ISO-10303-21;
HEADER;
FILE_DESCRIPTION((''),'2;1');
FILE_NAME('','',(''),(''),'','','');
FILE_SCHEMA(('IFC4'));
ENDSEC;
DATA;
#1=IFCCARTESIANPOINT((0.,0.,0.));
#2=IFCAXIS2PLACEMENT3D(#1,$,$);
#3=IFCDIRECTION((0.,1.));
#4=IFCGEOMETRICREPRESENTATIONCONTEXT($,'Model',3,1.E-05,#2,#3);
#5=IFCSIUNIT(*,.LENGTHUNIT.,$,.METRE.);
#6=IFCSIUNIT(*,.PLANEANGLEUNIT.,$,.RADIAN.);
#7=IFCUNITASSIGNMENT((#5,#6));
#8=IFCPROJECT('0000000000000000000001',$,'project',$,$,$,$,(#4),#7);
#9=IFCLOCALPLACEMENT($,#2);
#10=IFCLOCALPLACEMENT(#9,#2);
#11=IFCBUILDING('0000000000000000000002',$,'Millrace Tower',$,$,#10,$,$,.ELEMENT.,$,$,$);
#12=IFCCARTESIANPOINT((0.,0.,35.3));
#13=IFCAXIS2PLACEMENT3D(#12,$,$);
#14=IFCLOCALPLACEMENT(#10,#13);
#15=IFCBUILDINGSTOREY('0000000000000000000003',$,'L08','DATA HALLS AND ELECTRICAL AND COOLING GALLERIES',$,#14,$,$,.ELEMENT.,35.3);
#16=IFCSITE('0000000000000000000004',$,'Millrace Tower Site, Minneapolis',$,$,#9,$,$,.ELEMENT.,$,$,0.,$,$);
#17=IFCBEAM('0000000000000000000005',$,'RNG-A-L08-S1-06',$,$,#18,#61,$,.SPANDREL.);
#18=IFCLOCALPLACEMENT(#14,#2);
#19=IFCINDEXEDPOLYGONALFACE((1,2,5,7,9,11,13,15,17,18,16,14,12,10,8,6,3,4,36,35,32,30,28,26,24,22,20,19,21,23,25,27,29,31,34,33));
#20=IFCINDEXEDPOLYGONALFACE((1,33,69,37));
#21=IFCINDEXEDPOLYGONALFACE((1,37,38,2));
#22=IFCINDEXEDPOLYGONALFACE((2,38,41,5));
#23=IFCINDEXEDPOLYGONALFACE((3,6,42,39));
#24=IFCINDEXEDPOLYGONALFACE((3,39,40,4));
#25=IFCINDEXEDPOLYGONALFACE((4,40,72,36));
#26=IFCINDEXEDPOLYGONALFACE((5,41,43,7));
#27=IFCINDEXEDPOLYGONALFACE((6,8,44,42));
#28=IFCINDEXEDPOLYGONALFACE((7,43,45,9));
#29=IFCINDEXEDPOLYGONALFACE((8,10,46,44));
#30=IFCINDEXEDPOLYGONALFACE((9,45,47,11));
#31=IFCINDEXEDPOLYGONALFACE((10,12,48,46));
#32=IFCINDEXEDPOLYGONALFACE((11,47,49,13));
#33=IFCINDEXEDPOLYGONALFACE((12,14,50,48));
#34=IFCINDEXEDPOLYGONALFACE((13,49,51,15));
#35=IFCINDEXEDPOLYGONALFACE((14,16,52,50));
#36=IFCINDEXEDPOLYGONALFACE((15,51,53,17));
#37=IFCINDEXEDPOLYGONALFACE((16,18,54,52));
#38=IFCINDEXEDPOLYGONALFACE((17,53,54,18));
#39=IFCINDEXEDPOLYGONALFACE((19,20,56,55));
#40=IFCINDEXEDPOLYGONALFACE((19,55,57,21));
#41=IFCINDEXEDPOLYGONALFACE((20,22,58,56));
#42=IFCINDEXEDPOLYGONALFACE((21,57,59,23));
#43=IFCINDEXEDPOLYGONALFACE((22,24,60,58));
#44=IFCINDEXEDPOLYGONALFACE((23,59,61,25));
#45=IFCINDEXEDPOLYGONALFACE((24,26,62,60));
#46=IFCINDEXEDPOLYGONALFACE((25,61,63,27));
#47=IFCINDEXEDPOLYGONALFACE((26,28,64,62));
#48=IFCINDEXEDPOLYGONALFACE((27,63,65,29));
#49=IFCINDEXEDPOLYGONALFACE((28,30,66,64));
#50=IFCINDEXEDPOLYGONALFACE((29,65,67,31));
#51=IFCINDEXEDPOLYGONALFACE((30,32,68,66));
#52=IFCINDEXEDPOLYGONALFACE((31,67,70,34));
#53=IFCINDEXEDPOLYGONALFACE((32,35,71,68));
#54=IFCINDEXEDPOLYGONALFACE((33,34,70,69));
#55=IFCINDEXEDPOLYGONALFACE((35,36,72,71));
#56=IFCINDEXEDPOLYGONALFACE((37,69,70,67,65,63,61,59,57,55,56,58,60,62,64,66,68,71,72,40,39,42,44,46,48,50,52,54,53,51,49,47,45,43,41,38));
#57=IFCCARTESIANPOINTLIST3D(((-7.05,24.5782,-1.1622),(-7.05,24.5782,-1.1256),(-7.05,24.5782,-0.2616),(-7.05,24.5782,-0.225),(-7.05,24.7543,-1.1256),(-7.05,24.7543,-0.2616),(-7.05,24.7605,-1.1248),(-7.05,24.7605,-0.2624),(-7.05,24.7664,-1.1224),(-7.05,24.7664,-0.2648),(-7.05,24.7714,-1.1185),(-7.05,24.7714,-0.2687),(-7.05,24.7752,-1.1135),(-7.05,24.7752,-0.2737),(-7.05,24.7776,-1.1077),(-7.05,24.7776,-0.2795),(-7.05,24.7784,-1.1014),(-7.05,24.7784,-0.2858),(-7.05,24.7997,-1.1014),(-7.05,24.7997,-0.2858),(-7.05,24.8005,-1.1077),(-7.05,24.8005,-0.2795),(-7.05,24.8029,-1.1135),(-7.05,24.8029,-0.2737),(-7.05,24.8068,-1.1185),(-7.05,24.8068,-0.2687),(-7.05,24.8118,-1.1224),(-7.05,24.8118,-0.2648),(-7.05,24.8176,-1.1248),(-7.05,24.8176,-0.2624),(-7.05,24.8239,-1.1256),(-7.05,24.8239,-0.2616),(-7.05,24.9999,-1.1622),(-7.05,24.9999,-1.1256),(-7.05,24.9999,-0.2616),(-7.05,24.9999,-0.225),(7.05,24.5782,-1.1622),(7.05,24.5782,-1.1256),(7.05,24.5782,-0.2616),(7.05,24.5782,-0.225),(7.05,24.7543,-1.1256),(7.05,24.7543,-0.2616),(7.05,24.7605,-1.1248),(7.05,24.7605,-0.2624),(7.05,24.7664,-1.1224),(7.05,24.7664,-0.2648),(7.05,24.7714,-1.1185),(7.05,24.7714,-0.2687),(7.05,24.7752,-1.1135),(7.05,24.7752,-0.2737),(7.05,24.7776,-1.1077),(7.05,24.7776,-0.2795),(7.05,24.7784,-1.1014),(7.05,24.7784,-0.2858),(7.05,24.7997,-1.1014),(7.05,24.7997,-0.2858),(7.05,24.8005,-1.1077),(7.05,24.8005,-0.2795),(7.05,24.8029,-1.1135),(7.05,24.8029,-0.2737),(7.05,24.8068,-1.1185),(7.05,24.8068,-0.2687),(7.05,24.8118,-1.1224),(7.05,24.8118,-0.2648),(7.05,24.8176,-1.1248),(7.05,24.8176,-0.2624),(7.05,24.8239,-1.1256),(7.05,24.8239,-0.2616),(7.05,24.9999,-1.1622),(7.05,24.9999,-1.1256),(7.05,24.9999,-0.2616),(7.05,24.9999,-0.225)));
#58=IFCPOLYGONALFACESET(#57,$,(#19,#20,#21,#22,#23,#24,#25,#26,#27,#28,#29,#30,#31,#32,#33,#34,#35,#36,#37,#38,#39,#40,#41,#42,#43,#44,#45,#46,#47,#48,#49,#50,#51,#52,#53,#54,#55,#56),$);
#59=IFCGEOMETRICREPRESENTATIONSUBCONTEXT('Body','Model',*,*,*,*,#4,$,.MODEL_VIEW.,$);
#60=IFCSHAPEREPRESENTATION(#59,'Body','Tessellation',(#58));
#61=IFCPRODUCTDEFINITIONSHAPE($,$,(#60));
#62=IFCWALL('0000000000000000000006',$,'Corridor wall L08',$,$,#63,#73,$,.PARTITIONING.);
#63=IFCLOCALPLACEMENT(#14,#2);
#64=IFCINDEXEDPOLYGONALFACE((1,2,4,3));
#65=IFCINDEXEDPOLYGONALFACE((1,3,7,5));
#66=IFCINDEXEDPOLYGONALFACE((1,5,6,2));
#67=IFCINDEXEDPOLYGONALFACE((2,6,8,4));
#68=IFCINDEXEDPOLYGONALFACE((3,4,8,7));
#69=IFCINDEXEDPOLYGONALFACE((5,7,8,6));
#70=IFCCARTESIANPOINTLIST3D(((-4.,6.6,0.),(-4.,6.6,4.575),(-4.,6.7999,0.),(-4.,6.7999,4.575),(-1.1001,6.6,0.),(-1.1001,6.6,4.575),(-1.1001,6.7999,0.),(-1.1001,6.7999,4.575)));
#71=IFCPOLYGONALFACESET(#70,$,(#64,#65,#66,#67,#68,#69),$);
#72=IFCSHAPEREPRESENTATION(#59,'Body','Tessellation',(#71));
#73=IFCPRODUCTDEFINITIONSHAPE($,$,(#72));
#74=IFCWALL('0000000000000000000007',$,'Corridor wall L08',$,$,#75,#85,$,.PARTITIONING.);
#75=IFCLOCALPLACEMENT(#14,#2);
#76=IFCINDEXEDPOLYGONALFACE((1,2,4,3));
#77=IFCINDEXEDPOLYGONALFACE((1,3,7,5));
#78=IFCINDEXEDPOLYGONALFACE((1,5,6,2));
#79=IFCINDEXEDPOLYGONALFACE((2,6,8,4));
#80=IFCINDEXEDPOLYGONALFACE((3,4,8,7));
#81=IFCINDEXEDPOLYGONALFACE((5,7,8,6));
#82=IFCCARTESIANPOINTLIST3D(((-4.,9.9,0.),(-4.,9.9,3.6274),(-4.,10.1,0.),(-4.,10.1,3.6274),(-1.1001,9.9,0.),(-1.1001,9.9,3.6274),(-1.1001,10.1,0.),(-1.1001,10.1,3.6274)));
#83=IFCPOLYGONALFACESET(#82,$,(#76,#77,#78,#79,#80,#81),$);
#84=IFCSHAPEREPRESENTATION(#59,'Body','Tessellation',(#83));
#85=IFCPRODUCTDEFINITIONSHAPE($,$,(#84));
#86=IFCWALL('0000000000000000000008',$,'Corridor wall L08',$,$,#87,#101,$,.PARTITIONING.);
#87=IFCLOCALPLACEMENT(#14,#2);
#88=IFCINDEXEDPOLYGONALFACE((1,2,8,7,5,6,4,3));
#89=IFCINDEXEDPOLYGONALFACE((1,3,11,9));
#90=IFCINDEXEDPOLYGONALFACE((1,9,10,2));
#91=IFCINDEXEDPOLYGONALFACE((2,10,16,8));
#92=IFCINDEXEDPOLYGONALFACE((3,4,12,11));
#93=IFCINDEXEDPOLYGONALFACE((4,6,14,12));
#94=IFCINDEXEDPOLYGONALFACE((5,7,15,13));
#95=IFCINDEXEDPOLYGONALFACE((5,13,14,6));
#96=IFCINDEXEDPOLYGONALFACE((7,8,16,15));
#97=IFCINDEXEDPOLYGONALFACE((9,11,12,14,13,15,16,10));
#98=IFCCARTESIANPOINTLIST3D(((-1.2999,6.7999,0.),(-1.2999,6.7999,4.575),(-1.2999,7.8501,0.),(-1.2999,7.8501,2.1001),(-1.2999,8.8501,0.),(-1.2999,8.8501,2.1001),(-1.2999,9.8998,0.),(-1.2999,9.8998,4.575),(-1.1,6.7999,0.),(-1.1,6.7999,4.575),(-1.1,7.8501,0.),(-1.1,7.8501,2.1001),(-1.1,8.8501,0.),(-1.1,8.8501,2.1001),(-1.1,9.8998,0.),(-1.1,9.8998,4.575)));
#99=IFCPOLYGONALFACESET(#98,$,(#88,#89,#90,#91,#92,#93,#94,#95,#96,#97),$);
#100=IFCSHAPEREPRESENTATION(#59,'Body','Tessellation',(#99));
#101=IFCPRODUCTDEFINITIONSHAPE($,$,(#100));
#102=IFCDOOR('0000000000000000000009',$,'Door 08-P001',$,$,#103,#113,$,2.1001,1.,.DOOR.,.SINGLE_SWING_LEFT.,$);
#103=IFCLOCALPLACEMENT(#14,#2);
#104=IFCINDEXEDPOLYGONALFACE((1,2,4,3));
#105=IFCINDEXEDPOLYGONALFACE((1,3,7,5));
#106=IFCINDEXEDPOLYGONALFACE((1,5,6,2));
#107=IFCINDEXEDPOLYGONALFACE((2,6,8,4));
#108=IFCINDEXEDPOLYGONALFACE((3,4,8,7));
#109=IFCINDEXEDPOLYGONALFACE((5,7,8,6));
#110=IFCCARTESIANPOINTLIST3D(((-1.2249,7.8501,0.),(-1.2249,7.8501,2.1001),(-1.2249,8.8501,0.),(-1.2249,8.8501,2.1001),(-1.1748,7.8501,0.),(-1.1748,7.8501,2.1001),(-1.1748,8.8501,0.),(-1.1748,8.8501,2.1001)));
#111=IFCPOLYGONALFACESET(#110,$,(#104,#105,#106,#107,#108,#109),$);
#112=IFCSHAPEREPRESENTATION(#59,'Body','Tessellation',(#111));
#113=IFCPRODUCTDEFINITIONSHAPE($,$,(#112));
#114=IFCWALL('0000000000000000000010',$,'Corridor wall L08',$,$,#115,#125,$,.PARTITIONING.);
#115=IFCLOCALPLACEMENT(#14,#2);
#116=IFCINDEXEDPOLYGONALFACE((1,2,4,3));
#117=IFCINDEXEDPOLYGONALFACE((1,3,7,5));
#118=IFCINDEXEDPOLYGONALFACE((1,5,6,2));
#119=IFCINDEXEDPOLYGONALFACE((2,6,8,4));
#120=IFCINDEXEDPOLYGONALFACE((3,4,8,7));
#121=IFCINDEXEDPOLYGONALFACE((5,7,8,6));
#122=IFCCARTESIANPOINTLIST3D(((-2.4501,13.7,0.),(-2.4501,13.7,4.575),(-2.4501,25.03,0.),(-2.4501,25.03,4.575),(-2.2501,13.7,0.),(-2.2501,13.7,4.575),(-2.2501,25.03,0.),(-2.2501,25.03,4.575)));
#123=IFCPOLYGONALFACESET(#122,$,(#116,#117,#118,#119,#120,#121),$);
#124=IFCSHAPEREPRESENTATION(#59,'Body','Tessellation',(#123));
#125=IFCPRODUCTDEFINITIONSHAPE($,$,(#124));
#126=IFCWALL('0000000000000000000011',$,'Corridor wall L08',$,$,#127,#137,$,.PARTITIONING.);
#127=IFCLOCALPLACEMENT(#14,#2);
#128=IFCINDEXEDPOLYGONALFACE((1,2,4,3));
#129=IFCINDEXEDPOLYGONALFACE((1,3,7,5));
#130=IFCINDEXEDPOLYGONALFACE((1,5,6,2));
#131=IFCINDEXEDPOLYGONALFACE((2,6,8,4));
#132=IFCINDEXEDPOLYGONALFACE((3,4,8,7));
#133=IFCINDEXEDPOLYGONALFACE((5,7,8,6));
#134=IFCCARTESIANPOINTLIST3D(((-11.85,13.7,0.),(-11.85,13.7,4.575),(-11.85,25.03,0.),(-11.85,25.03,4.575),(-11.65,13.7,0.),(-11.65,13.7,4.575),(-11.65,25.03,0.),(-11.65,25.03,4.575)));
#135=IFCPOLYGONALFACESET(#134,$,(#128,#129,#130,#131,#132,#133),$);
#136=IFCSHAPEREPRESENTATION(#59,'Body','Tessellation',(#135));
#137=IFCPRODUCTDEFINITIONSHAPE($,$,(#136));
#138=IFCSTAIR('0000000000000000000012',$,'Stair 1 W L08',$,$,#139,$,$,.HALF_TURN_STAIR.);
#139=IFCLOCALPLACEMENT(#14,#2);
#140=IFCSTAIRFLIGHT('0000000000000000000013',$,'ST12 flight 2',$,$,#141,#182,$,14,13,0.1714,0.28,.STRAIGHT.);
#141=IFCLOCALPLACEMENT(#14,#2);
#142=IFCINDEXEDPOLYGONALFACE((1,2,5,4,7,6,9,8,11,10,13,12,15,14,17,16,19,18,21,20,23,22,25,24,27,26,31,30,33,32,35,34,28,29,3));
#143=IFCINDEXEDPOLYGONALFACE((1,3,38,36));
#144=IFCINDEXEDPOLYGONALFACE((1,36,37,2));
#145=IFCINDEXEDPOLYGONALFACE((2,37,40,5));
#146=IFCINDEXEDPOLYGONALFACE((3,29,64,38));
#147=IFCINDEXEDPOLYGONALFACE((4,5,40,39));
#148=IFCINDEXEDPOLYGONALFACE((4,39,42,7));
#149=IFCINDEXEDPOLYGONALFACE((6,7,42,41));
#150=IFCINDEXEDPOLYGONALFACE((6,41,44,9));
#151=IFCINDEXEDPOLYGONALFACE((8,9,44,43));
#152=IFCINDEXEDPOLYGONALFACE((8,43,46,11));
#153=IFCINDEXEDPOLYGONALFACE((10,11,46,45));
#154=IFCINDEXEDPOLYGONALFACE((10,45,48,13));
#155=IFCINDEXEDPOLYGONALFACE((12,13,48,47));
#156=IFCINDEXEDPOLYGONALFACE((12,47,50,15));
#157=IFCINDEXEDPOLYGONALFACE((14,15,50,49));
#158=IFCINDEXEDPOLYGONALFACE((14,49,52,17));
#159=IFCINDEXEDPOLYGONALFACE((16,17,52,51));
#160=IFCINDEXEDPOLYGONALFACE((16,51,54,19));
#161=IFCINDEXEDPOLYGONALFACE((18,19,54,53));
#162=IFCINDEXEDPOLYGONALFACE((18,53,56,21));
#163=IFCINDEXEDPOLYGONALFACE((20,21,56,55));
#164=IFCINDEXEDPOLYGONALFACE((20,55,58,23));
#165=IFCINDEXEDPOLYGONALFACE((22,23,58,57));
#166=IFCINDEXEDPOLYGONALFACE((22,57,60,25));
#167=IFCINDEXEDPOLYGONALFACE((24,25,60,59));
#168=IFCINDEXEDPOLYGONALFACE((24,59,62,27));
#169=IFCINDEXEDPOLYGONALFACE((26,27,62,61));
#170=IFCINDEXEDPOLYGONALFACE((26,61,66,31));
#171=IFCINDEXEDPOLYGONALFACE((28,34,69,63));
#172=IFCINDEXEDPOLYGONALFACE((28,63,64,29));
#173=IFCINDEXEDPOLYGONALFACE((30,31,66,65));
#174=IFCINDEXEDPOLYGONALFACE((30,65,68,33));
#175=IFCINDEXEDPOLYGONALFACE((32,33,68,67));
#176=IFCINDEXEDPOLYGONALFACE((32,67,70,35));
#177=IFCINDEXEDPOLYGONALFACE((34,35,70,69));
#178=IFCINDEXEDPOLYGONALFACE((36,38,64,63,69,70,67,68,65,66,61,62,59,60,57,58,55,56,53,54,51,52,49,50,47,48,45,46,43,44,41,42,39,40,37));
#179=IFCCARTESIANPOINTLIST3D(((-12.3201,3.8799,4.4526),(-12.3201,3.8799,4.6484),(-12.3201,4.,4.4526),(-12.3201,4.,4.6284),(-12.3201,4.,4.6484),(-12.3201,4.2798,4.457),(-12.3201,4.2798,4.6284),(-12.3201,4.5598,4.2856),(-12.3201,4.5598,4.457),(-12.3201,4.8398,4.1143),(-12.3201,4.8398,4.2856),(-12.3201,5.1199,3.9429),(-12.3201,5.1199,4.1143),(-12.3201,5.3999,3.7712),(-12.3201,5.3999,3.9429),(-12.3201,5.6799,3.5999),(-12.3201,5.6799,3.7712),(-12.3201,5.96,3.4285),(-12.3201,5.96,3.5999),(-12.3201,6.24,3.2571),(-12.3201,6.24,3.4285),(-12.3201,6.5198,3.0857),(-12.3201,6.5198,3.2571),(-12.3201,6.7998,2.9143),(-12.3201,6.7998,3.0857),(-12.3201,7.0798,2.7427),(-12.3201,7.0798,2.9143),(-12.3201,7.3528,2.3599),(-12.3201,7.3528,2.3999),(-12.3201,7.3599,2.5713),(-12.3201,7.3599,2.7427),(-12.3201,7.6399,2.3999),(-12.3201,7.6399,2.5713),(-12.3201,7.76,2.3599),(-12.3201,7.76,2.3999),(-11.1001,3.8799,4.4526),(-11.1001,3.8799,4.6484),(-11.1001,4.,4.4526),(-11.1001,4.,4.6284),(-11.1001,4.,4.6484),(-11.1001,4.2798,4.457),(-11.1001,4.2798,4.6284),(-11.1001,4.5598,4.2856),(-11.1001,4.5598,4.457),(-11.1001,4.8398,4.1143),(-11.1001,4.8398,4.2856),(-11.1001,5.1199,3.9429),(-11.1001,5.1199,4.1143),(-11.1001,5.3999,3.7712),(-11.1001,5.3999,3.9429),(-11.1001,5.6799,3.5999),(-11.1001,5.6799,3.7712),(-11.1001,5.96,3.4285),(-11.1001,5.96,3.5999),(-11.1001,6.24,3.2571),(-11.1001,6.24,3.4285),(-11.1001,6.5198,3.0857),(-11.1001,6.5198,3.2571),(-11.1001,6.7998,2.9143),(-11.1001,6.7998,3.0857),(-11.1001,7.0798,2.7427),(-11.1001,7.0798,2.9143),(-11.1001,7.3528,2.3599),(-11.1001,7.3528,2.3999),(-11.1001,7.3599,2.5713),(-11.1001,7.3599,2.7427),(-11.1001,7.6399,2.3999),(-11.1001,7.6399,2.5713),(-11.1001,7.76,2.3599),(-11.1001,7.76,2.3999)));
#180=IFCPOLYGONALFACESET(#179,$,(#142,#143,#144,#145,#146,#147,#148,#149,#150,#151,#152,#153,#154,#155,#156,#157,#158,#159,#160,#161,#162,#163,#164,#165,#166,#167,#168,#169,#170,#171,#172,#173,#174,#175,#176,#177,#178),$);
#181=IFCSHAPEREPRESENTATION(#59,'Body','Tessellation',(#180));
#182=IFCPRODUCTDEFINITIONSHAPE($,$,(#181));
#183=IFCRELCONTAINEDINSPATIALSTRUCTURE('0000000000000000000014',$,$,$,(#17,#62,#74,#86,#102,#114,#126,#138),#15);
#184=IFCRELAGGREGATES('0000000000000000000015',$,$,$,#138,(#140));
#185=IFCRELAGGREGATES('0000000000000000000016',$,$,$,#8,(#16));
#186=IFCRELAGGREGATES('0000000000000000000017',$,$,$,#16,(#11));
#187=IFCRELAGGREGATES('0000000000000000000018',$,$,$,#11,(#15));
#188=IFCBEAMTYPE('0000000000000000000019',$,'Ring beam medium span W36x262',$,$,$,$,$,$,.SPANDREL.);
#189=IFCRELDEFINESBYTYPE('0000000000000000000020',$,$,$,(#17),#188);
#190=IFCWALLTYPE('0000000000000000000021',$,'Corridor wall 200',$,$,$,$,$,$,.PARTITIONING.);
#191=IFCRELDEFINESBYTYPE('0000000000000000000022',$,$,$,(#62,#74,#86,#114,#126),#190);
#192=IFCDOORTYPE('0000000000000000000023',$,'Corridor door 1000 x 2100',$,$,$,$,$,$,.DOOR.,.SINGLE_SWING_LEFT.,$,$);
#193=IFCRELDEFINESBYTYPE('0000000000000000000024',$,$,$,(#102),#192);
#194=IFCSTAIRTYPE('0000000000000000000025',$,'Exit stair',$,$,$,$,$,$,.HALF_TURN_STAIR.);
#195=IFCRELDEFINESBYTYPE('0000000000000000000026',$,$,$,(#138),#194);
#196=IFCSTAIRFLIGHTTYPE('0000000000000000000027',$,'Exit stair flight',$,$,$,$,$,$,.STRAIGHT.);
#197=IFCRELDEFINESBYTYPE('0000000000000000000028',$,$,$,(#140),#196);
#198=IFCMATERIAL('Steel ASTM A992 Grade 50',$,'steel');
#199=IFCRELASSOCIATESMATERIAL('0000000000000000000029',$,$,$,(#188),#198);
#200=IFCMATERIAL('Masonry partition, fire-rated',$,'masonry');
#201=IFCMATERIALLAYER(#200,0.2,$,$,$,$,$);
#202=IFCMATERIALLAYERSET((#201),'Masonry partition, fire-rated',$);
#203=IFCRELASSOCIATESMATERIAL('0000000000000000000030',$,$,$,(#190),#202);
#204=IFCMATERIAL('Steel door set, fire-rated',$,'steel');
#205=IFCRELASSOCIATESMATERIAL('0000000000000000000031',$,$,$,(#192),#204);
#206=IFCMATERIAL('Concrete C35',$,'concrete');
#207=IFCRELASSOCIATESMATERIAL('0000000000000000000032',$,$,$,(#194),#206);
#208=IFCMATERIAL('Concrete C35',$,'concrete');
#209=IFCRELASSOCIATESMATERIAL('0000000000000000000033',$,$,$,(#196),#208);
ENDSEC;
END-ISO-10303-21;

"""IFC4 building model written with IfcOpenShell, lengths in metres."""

from ifc_helpers import new_model, si_unit, direction, frame, frame_2d, origin, origin_2d, place, context, subcontext, project, spatial, polyline, rectangle, i_section, outline, extrude, material, layer, layer_set, material_profile, profile_set, type_object, element, fill, aggregate, save


model = new_model("IFC4")

# Units and contexts
model_context = context("Model", 3, precision=1e-05, world=origin(), true_north=direction((0.0, 1.0)))
body_context = subcontext(model_context, "Body", "Model", "MODEL_VIEW")
ifc_project = project(units=[si_unit("LENGTHUNIT", "METRE"), si_unit("PLANEANGLEUNIT", "RADIAN")], contexts=[model_context])

# Site, building, storey
site_placement = place(None, origin())
site = spatial("IfcSite", under=ifc_project, at=site_placement, Name="Millrace Tower Site, Minneapolis", CompositionType="ELEMENT", RefElevation=0.0)
building_placement = place(site_placement, origin())
building = spatial("IfcBuilding", under=site, at=building_placement, Name="Millrace Tower", CompositionType="ELEMENT")
storey_placement = place(building_placement, frame((0.0, 0.0, 35.3)))
storey = spatial("IfcBuildingStorey", under=building, at=storey_placement, Name="L08", Description="DATA HALLS AND ELECTRICAL AND COOLING GALLERIES", CompositionType="ELEMENT", Elevation=35.3)

# Shared definitions
placement = place(storey_placement, origin())

# Beam
ifc_material_1 = material(Name="Steel ASTM A992 Grade 50", Category="steel")
ifc_material_profile_1 = material_profile(ifc_material_1, i_section(OverallWidth=0.4216, OverallDepth=0.9373, WebThickness=0.0212, FlangeThickness=0.0366, FilletRadius=0.0242, at=origin_2d()))
ifc_profile_set_1 = profile_set([ifc_material_profile_1], Name="Steel ASTM A992 Grade 50")
beam_type_1 = type_object("IfcBeamType", Name="Ring beam medium span W36x262", PredefinedType="SPANDREL", material=ifc_profile_set_1)
beam_1_placement = place(storey_placement, frame((-7.05, 24.7891, -0.6936), z_axis=(1.0, 0.0, 0.0), x_axis=(0.0, 1.0, 0.0)))
element("IfcBeam", 1, at=beam_1_placement, inside=storey, type_object=beam_type_1, Name="RNG-A-L08-S1-06", PredefinedType="SPANDREL", context=body_context, shape_type="SweptSolid", body=[
    extrude(i_section(OverallWidth=0.4216, OverallDepth=0.9373, WebThickness=0.0212, FlangeThickness=0.0366, FilletRadius=0.0242, at=origin_2d()), origin(), (0.0, 0.0, 1.0), 14.1001),
])

# Walls
ifc_material_2 = material(Name="Masonry partition, fire-rated", Category="masonry")
ifc_layer_1 = layer(ifc_material_2, 0.2)
ifc_layer_set_1 = layer_set([ifc_layer_1], Name="Masonry partition, fire-rated")
wall_type = type_object("IfcWallType", Name="Corridor wall 200", PredefinedType="PARTITIONING", material=ifc_layer_set_1)
wall_1_placement = place(storey_placement, frame((-4.0, 6.7, 0.0), z_axis=(0.0, 0.0, 1.0), x_axis=(1.0, 0.0, 0.0)))
element("IfcWall", 2, at=wall_1_placement, inside=storey, type_object=wall_type, Name="Corridor wall L08", PredefinedType="PARTITIONING", context=body_context, shape_type="SweptSolid", body=[
    extrude(rectangle(XDim=2.8999, YDim=0.2, at=frame_2d((1.45, 0.0))), origin(), (0.0, 0.0, 1.0), 4.575),
])
wall_2_placement = place(storey_placement, frame((-4.0, 10.0, 0.0), z_axis=(0.0, 0.0, 1.0), x_axis=(1.0, 0.0, 0.0)))
element("IfcWall", 3, at=wall_2_placement, inside=storey, type_object=wall_type, Name="Corridor wall L08", PredefinedType="PARTITIONING", context=body_context, shape_type="SweptSolid", body=[
    extrude(rectangle(XDim=2.8999, YDim=0.2, at=frame_2d((1.45, 0.0))), origin(), (0.0, 0.0, 1.0), 3.6274),
])

# Wall, opening, door
wall_3_placement = place(storey_placement, frame((-1.2, 6.8, 0.0), z_axis=(0.0, 0.0, 1.0), x_axis=(0.0, 1.0, 0.0)))
wall_3 = element("IfcWall", 4, at=wall_3_placement, inside=storey, type_object=wall_type, Name="Corridor wall L08", PredefinedType="PARTITIONING", context=body_context, shape_type="SweptSolid", body=[
    extrude(rectangle(XDim=3.0999, YDim=0.2, at=frame_2d((1.5498, 0.0))), origin(), (0.0, 0.0, 1.0), 4.575),
])
opening_placement = place(wall_3_placement, frame((1.05, 0.0, 0.0)))
opening = element("IfcOpeningElement", 5, at=opening_placement, cuts=wall_3, PredefinedType="OPENING", context=body_context, shape_type="SweptSolid", body=[
    extrude(rectangle(XDim=1.0, YDim=2.1001, at=frame_2d((0.5, 1.05))), frame((0.0, 0.1099, 0.0), z_axis=(0.0, -1.0, 0.0), x_axis=(1.0, 0.0, 0.0)), (0.0, 0.0, 1.0), 0.22),
])
ifc_material_3 = material(Name="Steel door set, fire-rated", Category="steel")
door_type = type_object("IfcDoorType", Name="Corridor door 1000 x 2100", OperationType="SINGLE_SWING_LEFT", PredefinedType="DOOR", material=ifc_material_3)
door_placement = place(opening_placement, origin())
door = element("IfcDoor", 6, at=door_placement, inside=storey, type_object=door_type, Name="Door 08-P001", OperationType="SINGLE_SWING_LEFT", OverallHeight=2.1001, OverallWidth=1.0, PredefinedType="DOOR", context=body_context, shape_type="SweptSolid", body=[
    extrude(rectangle(XDim=1.0, YDim=2.1001, at=frame_2d((0.5, 1.05))), frame((0.0, 0.0249, 0.0), z_axis=(0.0, -1.0, 0.0), x_axis=(1.0, 0.0, 0.0)), (0.0, 0.0, 1.0), 0.05),
])
fill(opening, door)

# Walls
for number, where, z_axis, x_axis, name in (
    (7, (-2.3501, 13.7, 0.0), (0.0, 0.0, 1.0), (0.0, 1.0, 0.0), "Corridor wall L08"),
    (8, (-11.75, 13.7, 0.0), (0.0, 0.0, 1.0), (0.0, 1.0, 0.0), "Corridor wall L08"),
):
    element("IfcWall", number, at=place(storey_placement, frame(where, z_axis=z_axis, x_axis=x_axis)), inside=storey, type_object=wall_type, Name=name, PredefinedType="PARTITIONING", context=body_context, shape_type="SweptSolid", body=[
        extrude(rectangle(XDim=11.3301, YDim=0.2, at=frame_2d((5.665, 0.0))), origin(), (0.0, 0.0, 1.0), 4.575),
    ])

# Stair, stair flight
ifc_material_4 = material(Name="Concrete C35", Category="concrete")
stair_type = type_object("IfcStairType", Name="Exit stair", PredefinedType="HALF_TURN_STAIR", material=ifc_material_4)
stair_1 = element("IfcStair", 9, at=placement, inside=storey, type_object=stair_type, Name="Stair 1 W L08", PredefinedType="HALF_TURN_STAIR")
ifc_material_5 = material(Name="Concrete C35", Category="concrete")
stair_flight_type = type_object("IfcStairFlightType", Name="Exit stair flight", PredefinedType="STRAIGHT", material=ifc_material_5)
stair_flight_1_placement = place(storey_placement, frame((-11.71, 7.6399, 2.3999), z_axis=(0.0, 0.0, 1.0), x_axis=(0.0, -1.0, 0.0)))
stair_flight_1 = element("IfcStairFlight", 10, at=stair_flight_1_placement, type_object=stair_flight_type, Name="ST12 flight 2", NumberOfRisers=14, NumberOfTreads=13, PredefinedType="STRAIGHT", RiserHeight=0.1714, TreadLength=0.28, context=body_context, shape_type="SweptSolid", body=[
    extrude(outline(polyline([(-0.1201, -0.04), (-0.1201, 0.0), (0.0, 0.0), (0.0, 0.1714), (0.28, 0.1714), (0.28, 0.3428), (0.5601, 0.3428), (0.5601, 0.5144), (0.8401, 0.5144), (0.8401, 0.6858), (1.1201, 0.6858), (1.1201, 0.8572), (1.3999, 0.8572), (1.3999, 1.0286), (1.6799, 1.0286), (1.6799, 1.2), (1.96, 1.2), (1.96, 1.3713), (2.24, 1.3713), (2.24, 1.543), (2.52, 1.543), (2.52, 1.7144), (2.8, 1.7144), (2.8, 1.8857), (3.0801, 1.8857), (3.0801, 2.0571), (3.3601, 2.0571), (3.3601, 2.2285), (3.6399, 2.2285), (3.6399, 2.2485), (3.76, 2.2485), (3.76, 2.0527), (3.6399, 2.0527), (0.2871, 0.0), (0.2871, -0.04), (-0.1201, -0.04)])), frame((0.0, 0.6099, 0.0), z_axis=(0.0, -1.0, 0.0), x_axis=(1.0, 0.0, 0.0)), (0.0, 0.0, 1.0), 1.22),
])
aggregate(stair_1, [stair_flight_1])

save(model, "model.ifc")
